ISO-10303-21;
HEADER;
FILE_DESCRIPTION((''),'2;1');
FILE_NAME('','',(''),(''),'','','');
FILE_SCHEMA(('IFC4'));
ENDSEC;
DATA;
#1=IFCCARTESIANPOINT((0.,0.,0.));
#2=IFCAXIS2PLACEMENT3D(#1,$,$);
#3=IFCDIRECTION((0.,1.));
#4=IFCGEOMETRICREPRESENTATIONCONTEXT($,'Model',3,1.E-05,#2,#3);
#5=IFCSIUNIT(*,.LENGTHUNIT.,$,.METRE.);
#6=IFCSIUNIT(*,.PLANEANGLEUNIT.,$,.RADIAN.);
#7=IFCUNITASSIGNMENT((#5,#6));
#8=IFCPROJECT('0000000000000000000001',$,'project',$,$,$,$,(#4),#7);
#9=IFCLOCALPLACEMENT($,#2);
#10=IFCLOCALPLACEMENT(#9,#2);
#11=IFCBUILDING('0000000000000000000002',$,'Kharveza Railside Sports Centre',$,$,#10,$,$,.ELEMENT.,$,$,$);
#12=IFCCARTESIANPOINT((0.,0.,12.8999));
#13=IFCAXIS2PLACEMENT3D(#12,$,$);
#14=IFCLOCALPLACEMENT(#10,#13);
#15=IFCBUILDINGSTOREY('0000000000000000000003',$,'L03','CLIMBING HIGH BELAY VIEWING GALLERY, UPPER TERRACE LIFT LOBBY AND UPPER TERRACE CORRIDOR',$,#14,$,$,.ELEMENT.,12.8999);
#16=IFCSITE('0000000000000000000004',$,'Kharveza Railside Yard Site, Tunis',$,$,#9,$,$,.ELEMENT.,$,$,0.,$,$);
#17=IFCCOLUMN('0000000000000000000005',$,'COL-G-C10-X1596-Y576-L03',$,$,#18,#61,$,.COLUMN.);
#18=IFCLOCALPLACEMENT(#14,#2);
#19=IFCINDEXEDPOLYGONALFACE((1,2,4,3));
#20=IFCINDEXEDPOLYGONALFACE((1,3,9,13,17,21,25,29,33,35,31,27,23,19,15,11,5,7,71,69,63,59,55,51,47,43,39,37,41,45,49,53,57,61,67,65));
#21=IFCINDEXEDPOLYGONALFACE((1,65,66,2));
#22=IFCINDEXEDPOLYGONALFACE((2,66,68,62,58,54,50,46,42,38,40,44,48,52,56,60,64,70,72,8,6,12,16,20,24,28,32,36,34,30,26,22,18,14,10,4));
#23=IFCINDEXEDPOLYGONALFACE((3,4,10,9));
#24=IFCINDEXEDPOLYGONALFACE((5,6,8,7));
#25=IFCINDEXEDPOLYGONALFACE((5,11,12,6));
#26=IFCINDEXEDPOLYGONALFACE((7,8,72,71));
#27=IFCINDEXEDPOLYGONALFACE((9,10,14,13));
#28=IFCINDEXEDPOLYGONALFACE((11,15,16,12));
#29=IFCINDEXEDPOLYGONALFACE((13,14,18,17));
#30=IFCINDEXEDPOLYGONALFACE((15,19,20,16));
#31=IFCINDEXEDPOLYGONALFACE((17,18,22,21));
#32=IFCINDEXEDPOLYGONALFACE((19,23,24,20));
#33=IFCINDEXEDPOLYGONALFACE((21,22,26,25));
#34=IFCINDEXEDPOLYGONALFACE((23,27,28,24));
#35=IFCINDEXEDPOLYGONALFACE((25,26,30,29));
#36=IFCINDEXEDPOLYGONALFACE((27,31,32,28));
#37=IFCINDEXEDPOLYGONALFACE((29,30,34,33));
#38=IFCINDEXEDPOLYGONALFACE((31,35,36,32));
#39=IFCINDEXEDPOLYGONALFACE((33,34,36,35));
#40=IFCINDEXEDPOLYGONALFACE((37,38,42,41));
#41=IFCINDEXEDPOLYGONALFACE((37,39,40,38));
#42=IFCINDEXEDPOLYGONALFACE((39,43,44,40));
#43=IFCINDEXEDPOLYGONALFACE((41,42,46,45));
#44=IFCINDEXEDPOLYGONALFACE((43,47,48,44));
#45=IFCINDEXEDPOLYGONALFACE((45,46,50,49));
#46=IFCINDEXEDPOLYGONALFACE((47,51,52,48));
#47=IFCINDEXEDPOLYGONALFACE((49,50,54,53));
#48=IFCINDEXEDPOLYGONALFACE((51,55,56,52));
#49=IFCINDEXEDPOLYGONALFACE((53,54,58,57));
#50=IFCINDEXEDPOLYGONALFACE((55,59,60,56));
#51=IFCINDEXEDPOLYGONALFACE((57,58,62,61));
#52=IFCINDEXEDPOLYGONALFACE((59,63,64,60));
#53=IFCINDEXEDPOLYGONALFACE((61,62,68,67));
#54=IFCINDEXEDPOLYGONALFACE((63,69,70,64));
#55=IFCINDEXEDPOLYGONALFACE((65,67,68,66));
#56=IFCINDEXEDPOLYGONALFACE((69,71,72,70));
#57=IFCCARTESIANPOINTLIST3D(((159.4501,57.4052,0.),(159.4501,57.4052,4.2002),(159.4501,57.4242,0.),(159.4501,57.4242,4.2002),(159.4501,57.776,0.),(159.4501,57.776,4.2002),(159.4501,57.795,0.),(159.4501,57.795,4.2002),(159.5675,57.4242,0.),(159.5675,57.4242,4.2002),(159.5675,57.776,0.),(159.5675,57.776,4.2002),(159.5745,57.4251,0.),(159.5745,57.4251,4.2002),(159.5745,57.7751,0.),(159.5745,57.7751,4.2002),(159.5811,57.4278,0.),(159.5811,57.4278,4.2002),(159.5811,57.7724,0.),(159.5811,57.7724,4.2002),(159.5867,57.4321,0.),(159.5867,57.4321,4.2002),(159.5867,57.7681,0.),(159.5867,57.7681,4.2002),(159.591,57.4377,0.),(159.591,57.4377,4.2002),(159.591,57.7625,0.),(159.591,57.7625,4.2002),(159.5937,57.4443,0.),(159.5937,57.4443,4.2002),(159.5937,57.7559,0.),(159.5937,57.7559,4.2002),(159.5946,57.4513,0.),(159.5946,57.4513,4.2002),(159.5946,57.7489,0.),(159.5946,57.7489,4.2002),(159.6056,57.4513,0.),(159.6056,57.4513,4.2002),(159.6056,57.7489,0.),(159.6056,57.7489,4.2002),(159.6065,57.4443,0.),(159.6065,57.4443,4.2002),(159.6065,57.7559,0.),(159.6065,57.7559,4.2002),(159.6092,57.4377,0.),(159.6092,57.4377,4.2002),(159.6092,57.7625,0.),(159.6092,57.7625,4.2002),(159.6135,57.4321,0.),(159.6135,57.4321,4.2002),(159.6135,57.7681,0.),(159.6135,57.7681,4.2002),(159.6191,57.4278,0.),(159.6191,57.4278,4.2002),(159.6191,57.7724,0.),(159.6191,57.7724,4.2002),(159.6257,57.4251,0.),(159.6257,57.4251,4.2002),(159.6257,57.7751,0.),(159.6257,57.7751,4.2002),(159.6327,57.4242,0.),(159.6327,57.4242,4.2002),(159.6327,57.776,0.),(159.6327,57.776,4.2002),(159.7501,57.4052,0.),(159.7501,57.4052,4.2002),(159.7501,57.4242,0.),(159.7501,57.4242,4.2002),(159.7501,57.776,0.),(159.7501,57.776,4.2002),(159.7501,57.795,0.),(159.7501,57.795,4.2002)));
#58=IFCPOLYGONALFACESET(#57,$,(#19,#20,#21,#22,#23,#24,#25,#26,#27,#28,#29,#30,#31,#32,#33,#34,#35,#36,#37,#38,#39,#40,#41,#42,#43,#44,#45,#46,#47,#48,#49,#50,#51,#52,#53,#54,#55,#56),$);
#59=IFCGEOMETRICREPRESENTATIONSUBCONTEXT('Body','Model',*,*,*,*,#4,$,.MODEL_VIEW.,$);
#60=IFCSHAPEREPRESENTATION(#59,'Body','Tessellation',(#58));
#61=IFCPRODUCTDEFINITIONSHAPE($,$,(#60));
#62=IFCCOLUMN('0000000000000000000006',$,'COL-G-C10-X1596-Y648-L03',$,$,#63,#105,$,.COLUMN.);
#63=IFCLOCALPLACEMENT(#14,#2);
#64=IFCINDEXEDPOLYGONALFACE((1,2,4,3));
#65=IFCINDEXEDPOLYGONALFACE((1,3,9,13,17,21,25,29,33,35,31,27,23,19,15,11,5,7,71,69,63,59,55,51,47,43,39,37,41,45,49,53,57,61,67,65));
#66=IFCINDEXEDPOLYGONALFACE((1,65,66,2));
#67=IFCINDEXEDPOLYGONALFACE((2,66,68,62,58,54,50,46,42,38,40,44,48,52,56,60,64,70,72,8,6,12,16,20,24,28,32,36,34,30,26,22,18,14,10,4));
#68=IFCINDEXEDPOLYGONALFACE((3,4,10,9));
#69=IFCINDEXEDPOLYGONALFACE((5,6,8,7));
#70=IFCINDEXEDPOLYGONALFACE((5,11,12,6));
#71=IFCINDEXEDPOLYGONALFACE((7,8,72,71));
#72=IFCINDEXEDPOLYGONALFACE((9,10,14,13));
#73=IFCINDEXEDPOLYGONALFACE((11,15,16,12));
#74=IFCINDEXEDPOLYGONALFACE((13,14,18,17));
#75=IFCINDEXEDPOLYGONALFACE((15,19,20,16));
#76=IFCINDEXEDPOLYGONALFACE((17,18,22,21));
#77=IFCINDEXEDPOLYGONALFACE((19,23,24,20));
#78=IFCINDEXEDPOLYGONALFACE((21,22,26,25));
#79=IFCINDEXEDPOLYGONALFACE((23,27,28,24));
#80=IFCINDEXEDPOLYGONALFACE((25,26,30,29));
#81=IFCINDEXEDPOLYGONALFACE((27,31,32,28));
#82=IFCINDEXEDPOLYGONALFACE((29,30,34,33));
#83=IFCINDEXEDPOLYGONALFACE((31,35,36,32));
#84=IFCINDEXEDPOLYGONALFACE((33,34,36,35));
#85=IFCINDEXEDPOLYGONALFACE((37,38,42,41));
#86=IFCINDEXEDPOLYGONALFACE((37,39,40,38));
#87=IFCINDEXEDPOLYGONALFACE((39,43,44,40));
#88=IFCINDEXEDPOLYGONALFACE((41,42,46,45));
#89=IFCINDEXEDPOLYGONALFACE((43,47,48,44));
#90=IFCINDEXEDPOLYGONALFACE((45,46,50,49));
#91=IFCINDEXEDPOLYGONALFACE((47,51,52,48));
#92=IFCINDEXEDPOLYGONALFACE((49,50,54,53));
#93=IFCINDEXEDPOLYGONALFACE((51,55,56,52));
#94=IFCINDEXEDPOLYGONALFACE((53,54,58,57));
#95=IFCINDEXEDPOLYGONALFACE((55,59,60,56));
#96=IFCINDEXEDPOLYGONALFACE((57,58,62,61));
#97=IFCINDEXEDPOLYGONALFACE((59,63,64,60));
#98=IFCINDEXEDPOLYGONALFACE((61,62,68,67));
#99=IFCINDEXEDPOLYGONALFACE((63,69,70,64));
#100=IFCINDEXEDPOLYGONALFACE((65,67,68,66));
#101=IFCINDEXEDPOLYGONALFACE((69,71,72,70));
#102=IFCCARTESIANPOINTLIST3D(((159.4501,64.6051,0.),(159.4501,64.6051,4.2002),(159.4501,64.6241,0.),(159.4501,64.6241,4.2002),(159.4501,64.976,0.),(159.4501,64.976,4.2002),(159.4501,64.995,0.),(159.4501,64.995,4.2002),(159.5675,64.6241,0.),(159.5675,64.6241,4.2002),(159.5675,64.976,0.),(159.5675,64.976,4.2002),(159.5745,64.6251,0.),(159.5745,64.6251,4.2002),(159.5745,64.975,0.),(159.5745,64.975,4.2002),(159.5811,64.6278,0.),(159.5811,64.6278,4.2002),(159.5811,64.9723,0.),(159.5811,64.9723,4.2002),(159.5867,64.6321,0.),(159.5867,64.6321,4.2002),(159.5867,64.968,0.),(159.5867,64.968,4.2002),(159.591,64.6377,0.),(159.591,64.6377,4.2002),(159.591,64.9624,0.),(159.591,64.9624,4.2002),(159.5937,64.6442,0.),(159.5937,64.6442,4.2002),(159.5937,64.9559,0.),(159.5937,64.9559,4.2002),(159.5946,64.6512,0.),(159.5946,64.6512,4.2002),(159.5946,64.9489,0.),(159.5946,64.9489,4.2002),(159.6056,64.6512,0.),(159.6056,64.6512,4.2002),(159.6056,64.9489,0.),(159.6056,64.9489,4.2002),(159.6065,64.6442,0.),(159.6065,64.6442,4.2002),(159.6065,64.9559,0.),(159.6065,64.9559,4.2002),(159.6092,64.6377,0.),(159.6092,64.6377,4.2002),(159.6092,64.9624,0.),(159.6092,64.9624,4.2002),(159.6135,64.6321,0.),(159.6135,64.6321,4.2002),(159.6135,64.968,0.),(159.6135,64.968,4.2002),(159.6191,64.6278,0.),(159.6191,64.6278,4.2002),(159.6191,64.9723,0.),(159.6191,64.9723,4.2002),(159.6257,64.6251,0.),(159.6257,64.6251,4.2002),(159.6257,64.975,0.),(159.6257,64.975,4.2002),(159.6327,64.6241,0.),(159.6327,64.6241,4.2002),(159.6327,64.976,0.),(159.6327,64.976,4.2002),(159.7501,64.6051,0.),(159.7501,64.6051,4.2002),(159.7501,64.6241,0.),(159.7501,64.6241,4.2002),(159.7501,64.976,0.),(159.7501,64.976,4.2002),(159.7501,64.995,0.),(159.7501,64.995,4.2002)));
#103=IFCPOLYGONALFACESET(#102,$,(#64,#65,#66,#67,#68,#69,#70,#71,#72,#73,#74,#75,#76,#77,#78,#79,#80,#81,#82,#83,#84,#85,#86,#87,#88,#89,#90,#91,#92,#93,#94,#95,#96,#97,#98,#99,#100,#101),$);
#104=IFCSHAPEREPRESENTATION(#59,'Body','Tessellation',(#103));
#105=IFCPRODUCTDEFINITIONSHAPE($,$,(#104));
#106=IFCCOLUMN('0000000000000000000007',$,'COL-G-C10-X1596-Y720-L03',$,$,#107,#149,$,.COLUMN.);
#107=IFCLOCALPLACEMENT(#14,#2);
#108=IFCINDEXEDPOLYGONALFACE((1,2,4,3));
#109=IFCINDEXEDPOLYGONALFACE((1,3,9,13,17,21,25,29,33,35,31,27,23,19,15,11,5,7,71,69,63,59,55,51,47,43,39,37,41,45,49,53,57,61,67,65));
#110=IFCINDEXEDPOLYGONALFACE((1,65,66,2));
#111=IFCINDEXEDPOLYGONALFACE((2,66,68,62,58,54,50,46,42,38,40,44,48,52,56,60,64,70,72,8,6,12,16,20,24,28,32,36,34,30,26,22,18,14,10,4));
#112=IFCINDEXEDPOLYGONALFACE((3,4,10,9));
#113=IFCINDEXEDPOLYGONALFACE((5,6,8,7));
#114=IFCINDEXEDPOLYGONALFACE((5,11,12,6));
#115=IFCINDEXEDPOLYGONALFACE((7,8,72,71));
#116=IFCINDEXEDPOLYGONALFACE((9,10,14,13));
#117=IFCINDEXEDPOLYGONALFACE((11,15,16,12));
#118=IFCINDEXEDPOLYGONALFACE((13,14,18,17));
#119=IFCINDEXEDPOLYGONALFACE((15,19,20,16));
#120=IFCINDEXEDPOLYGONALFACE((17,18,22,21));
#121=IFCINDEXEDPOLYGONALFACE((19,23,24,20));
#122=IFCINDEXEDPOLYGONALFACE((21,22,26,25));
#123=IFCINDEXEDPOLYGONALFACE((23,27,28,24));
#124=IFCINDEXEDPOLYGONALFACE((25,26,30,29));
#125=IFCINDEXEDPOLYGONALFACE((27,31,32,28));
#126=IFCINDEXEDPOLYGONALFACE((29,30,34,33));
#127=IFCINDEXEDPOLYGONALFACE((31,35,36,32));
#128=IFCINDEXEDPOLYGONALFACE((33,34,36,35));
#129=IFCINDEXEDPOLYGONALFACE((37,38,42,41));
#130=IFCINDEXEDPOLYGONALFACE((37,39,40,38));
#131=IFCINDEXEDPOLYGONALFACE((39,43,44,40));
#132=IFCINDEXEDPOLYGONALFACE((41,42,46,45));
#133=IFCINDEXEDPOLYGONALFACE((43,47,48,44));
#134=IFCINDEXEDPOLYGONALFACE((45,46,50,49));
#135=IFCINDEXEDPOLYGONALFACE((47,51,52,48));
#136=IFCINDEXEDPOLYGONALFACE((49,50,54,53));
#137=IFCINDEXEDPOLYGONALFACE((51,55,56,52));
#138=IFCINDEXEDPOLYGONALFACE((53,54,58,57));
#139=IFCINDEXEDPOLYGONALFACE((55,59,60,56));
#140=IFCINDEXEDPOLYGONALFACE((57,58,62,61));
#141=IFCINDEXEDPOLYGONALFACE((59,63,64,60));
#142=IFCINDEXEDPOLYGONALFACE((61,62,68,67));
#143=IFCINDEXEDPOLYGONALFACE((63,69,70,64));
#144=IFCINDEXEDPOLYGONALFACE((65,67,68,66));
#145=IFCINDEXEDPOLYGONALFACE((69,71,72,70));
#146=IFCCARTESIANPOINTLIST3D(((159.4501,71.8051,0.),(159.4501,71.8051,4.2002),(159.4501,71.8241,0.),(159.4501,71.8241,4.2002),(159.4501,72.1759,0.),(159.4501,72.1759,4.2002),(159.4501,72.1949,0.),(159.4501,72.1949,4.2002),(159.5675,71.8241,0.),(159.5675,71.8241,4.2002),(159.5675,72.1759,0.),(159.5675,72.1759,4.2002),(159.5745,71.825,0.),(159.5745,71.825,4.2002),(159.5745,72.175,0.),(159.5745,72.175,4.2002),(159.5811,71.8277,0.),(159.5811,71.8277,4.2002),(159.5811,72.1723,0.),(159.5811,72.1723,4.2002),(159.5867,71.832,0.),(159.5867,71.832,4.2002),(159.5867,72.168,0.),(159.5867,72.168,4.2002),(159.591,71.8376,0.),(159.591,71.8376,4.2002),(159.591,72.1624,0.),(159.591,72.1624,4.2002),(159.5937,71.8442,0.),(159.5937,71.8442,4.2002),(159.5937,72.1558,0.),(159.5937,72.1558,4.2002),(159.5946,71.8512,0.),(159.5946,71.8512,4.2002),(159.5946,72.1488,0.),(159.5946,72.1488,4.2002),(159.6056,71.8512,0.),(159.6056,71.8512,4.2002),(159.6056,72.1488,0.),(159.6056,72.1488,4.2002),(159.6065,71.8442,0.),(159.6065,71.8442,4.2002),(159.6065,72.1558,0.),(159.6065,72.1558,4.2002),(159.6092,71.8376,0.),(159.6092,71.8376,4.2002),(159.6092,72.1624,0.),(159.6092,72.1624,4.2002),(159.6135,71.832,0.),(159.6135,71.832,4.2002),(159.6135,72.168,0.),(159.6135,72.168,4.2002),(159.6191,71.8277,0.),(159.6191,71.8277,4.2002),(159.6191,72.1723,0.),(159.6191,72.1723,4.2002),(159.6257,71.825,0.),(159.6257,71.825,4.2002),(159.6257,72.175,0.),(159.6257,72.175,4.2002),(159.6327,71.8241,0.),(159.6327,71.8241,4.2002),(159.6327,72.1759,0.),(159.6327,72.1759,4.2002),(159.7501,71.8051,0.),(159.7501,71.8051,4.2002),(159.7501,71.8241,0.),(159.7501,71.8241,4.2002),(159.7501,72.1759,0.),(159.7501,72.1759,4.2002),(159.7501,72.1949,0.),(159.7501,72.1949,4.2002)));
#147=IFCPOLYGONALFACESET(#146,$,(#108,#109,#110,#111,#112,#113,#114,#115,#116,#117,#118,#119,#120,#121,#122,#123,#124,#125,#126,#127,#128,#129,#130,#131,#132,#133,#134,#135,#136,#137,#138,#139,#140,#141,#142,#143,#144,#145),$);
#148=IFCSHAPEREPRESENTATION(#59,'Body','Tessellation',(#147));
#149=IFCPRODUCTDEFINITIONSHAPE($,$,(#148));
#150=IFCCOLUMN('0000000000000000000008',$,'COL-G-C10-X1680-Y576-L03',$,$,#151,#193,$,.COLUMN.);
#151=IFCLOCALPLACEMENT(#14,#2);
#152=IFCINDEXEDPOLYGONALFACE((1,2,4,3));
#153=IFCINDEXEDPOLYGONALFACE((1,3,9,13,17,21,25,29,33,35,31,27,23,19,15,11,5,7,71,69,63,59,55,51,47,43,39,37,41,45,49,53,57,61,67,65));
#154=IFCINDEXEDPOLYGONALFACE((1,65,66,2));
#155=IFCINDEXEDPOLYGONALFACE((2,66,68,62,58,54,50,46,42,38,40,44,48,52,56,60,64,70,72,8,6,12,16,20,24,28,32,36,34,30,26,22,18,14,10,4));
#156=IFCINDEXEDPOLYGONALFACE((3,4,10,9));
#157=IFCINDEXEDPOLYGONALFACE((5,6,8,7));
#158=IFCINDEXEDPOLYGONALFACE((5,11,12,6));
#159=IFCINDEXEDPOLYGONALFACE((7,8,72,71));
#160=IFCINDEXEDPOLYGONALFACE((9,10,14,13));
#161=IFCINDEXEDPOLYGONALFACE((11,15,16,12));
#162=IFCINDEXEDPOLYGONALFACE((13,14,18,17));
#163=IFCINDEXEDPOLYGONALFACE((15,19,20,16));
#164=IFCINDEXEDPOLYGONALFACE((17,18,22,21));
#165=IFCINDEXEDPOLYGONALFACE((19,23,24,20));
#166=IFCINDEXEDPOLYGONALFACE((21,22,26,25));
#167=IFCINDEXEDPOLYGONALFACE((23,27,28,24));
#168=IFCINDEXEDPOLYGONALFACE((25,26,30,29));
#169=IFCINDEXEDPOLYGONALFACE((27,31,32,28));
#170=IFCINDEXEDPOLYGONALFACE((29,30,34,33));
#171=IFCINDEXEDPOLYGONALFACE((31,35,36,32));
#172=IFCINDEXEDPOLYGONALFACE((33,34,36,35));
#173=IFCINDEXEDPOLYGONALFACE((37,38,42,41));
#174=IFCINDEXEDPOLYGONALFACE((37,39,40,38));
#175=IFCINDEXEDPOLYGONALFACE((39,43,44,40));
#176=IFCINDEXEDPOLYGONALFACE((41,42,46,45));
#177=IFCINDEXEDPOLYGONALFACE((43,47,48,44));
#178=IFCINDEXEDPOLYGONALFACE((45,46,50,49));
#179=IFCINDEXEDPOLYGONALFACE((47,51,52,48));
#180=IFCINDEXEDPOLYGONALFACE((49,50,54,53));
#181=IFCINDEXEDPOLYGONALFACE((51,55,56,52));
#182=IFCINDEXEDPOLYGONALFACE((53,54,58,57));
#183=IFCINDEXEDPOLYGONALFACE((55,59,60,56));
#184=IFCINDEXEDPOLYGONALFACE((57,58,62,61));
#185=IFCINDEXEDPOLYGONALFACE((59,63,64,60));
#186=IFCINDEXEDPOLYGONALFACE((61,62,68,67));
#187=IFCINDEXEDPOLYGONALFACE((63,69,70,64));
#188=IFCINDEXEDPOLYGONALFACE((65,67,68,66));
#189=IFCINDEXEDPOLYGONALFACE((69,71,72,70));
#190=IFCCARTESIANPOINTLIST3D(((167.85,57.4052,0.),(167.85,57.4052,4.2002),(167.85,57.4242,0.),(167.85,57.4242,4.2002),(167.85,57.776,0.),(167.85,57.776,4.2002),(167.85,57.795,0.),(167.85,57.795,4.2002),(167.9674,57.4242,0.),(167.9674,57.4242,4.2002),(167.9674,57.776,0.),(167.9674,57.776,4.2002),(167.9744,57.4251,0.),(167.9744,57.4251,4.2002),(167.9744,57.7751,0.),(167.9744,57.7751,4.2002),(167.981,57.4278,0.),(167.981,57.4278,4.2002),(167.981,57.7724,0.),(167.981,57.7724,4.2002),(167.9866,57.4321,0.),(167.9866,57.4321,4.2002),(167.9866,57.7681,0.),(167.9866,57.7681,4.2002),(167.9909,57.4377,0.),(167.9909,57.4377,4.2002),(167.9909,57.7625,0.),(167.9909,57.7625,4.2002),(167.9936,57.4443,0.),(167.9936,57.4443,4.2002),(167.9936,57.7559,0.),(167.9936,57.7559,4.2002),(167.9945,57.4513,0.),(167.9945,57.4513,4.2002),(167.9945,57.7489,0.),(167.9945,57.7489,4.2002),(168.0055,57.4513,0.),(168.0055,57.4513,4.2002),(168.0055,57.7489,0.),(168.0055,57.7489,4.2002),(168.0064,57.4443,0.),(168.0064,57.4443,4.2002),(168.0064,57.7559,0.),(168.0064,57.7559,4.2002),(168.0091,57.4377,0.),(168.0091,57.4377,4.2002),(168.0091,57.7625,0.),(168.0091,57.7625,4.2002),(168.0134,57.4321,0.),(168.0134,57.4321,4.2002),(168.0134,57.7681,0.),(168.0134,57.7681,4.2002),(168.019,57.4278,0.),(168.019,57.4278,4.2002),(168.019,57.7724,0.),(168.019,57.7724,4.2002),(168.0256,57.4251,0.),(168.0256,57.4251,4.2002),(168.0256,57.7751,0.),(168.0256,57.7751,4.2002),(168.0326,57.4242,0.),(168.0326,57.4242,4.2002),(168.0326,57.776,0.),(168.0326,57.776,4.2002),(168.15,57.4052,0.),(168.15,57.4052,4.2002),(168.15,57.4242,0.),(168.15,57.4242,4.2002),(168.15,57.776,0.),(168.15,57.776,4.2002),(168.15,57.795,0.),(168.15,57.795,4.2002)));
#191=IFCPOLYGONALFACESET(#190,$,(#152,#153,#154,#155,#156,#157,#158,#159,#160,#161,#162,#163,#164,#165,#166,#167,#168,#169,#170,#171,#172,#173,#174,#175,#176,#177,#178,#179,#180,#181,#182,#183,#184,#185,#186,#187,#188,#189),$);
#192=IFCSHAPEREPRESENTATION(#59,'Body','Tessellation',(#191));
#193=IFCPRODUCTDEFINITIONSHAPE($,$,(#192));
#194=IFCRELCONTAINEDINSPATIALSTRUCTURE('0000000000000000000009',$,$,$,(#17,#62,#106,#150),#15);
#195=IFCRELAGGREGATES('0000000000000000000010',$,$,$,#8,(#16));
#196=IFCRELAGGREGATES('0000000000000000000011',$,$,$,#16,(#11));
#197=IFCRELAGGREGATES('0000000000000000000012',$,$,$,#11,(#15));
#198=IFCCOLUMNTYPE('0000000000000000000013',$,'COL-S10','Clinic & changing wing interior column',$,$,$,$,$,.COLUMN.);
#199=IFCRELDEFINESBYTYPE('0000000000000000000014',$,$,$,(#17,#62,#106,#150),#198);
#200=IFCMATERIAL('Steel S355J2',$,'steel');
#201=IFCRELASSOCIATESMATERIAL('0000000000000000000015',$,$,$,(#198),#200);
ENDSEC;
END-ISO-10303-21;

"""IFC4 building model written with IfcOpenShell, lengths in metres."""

from ifc_helpers import new_model, si_unit, direction, frame, origin, origin_2d, place, context, subcontext, project, spatial, i_section, extrude, material, material_profile, profile_set, type_object, element, save


model = new_model("IFC4")

# Units and contexts
model_context = context("Model", 3, precision=1e-05, world=origin(), true_north=direction((0.0, 1.0)))
body_context = subcontext(model_context, "Body", "Model", "MODEL_VIEW")
ifc_project = project(units=[si_unit("LENGTHUNIT", "METRE"), si_unit("PLANEANGLEUNIT", "RADIAN")], contexts=[model_context])

# Site, building, storey
site_placement = place(None, origin())
site = spatial("IfcSite", under=ifc_project, at=site_placement, Name="Kharveza Railside Yard Site, Tunis", CompositionType="ELEMENT", RefElevation=0.0)
building_placement = place(site_placement, origin())
building = spatial("IfcBuilding", under=site, at=building_placement, Name="Kharveza Railside Sports Centre", CompositionType="ELEMENT")
storey_placement = place(building_placement, frame((0.0, 0.0, 12.8999)))
storey = spatial("IfcBuildingStorey", under=building, at=storey_placement, Name="L03", Description="CLIMBING HIGH BELAY VIEWING GALLERY, UPPER TERRACE LIFT LOBBY AND UPPER TERRACE CORRIDOR", CompositionType="ELEMENT", Elevation=12.8999)

# Columns
ifc_material_1 = material(Name="Steel S355J2", Category="steel")
ifc_material_profile_1 = material_profile(ifc_material_1, i_section(OverallWidth=0.3, OverallDepth=0.3899, WebThickness=0.011, FlangeThickness=0.019, FilletRadius=0.0271, at=origin_2d()), Name="HEA 400")
ifc_profile_set_1 = profile_set([ifc_material_profile_1], Name="Steel S355J2")
column_type = type_object("IfcColumnType", Name="COL-S10", Description="Clinic & changing wing interior column", PredefinedType="COLUMN", material=ifc_profile_set_1)
for number, where, z_axis, x_axis, name in (
    (1, (159.6001, 57.6001, 0.0), (0.0, 0.0, 1.0), (1.0, 0.0, 0.0), "COL-G-C10-X1596-Y576-L03"),
    (2, (159.6001, 64.8, 0.0), (0.0, 0.0, 1.0), (1.0, 0.0, 0.0), "COL-G-C10-X1596-Y648-L03"),
    (3, (159.6001, 72.0, 0.0), (0.0, 0.0, 1.0), (1.0, 0.0, 0.0), "COL-G-C10-X1596-Y720-L03"),
    (4, (168.0, 57.6001, 0.0), (0.0, 0.0, 1.0), (1.0, 0.0, 0.0), "COL-G-C10-X1680-Y576-L03"),
):
    element("IfcColumn", number, at=place(storey_placement, frame(where, z_axis=z_axis, x_axis=x_axis)), inside=storey, type_object=column_type, Name=name, PredefinedType="COLUMN", context=body_context, shape_type="SweptSolid", body=[
        extrude(i_section(OverallWidth=0.3, OverallDepth=0.3899, WebThickness=0.011, FlangeThickness=0.019, FilletRadius=0.0271, at=origin_2d()), origin(), (0.0, 0.0, 1.0), 4.2002),
    ])

save(model, "model.ifc")
